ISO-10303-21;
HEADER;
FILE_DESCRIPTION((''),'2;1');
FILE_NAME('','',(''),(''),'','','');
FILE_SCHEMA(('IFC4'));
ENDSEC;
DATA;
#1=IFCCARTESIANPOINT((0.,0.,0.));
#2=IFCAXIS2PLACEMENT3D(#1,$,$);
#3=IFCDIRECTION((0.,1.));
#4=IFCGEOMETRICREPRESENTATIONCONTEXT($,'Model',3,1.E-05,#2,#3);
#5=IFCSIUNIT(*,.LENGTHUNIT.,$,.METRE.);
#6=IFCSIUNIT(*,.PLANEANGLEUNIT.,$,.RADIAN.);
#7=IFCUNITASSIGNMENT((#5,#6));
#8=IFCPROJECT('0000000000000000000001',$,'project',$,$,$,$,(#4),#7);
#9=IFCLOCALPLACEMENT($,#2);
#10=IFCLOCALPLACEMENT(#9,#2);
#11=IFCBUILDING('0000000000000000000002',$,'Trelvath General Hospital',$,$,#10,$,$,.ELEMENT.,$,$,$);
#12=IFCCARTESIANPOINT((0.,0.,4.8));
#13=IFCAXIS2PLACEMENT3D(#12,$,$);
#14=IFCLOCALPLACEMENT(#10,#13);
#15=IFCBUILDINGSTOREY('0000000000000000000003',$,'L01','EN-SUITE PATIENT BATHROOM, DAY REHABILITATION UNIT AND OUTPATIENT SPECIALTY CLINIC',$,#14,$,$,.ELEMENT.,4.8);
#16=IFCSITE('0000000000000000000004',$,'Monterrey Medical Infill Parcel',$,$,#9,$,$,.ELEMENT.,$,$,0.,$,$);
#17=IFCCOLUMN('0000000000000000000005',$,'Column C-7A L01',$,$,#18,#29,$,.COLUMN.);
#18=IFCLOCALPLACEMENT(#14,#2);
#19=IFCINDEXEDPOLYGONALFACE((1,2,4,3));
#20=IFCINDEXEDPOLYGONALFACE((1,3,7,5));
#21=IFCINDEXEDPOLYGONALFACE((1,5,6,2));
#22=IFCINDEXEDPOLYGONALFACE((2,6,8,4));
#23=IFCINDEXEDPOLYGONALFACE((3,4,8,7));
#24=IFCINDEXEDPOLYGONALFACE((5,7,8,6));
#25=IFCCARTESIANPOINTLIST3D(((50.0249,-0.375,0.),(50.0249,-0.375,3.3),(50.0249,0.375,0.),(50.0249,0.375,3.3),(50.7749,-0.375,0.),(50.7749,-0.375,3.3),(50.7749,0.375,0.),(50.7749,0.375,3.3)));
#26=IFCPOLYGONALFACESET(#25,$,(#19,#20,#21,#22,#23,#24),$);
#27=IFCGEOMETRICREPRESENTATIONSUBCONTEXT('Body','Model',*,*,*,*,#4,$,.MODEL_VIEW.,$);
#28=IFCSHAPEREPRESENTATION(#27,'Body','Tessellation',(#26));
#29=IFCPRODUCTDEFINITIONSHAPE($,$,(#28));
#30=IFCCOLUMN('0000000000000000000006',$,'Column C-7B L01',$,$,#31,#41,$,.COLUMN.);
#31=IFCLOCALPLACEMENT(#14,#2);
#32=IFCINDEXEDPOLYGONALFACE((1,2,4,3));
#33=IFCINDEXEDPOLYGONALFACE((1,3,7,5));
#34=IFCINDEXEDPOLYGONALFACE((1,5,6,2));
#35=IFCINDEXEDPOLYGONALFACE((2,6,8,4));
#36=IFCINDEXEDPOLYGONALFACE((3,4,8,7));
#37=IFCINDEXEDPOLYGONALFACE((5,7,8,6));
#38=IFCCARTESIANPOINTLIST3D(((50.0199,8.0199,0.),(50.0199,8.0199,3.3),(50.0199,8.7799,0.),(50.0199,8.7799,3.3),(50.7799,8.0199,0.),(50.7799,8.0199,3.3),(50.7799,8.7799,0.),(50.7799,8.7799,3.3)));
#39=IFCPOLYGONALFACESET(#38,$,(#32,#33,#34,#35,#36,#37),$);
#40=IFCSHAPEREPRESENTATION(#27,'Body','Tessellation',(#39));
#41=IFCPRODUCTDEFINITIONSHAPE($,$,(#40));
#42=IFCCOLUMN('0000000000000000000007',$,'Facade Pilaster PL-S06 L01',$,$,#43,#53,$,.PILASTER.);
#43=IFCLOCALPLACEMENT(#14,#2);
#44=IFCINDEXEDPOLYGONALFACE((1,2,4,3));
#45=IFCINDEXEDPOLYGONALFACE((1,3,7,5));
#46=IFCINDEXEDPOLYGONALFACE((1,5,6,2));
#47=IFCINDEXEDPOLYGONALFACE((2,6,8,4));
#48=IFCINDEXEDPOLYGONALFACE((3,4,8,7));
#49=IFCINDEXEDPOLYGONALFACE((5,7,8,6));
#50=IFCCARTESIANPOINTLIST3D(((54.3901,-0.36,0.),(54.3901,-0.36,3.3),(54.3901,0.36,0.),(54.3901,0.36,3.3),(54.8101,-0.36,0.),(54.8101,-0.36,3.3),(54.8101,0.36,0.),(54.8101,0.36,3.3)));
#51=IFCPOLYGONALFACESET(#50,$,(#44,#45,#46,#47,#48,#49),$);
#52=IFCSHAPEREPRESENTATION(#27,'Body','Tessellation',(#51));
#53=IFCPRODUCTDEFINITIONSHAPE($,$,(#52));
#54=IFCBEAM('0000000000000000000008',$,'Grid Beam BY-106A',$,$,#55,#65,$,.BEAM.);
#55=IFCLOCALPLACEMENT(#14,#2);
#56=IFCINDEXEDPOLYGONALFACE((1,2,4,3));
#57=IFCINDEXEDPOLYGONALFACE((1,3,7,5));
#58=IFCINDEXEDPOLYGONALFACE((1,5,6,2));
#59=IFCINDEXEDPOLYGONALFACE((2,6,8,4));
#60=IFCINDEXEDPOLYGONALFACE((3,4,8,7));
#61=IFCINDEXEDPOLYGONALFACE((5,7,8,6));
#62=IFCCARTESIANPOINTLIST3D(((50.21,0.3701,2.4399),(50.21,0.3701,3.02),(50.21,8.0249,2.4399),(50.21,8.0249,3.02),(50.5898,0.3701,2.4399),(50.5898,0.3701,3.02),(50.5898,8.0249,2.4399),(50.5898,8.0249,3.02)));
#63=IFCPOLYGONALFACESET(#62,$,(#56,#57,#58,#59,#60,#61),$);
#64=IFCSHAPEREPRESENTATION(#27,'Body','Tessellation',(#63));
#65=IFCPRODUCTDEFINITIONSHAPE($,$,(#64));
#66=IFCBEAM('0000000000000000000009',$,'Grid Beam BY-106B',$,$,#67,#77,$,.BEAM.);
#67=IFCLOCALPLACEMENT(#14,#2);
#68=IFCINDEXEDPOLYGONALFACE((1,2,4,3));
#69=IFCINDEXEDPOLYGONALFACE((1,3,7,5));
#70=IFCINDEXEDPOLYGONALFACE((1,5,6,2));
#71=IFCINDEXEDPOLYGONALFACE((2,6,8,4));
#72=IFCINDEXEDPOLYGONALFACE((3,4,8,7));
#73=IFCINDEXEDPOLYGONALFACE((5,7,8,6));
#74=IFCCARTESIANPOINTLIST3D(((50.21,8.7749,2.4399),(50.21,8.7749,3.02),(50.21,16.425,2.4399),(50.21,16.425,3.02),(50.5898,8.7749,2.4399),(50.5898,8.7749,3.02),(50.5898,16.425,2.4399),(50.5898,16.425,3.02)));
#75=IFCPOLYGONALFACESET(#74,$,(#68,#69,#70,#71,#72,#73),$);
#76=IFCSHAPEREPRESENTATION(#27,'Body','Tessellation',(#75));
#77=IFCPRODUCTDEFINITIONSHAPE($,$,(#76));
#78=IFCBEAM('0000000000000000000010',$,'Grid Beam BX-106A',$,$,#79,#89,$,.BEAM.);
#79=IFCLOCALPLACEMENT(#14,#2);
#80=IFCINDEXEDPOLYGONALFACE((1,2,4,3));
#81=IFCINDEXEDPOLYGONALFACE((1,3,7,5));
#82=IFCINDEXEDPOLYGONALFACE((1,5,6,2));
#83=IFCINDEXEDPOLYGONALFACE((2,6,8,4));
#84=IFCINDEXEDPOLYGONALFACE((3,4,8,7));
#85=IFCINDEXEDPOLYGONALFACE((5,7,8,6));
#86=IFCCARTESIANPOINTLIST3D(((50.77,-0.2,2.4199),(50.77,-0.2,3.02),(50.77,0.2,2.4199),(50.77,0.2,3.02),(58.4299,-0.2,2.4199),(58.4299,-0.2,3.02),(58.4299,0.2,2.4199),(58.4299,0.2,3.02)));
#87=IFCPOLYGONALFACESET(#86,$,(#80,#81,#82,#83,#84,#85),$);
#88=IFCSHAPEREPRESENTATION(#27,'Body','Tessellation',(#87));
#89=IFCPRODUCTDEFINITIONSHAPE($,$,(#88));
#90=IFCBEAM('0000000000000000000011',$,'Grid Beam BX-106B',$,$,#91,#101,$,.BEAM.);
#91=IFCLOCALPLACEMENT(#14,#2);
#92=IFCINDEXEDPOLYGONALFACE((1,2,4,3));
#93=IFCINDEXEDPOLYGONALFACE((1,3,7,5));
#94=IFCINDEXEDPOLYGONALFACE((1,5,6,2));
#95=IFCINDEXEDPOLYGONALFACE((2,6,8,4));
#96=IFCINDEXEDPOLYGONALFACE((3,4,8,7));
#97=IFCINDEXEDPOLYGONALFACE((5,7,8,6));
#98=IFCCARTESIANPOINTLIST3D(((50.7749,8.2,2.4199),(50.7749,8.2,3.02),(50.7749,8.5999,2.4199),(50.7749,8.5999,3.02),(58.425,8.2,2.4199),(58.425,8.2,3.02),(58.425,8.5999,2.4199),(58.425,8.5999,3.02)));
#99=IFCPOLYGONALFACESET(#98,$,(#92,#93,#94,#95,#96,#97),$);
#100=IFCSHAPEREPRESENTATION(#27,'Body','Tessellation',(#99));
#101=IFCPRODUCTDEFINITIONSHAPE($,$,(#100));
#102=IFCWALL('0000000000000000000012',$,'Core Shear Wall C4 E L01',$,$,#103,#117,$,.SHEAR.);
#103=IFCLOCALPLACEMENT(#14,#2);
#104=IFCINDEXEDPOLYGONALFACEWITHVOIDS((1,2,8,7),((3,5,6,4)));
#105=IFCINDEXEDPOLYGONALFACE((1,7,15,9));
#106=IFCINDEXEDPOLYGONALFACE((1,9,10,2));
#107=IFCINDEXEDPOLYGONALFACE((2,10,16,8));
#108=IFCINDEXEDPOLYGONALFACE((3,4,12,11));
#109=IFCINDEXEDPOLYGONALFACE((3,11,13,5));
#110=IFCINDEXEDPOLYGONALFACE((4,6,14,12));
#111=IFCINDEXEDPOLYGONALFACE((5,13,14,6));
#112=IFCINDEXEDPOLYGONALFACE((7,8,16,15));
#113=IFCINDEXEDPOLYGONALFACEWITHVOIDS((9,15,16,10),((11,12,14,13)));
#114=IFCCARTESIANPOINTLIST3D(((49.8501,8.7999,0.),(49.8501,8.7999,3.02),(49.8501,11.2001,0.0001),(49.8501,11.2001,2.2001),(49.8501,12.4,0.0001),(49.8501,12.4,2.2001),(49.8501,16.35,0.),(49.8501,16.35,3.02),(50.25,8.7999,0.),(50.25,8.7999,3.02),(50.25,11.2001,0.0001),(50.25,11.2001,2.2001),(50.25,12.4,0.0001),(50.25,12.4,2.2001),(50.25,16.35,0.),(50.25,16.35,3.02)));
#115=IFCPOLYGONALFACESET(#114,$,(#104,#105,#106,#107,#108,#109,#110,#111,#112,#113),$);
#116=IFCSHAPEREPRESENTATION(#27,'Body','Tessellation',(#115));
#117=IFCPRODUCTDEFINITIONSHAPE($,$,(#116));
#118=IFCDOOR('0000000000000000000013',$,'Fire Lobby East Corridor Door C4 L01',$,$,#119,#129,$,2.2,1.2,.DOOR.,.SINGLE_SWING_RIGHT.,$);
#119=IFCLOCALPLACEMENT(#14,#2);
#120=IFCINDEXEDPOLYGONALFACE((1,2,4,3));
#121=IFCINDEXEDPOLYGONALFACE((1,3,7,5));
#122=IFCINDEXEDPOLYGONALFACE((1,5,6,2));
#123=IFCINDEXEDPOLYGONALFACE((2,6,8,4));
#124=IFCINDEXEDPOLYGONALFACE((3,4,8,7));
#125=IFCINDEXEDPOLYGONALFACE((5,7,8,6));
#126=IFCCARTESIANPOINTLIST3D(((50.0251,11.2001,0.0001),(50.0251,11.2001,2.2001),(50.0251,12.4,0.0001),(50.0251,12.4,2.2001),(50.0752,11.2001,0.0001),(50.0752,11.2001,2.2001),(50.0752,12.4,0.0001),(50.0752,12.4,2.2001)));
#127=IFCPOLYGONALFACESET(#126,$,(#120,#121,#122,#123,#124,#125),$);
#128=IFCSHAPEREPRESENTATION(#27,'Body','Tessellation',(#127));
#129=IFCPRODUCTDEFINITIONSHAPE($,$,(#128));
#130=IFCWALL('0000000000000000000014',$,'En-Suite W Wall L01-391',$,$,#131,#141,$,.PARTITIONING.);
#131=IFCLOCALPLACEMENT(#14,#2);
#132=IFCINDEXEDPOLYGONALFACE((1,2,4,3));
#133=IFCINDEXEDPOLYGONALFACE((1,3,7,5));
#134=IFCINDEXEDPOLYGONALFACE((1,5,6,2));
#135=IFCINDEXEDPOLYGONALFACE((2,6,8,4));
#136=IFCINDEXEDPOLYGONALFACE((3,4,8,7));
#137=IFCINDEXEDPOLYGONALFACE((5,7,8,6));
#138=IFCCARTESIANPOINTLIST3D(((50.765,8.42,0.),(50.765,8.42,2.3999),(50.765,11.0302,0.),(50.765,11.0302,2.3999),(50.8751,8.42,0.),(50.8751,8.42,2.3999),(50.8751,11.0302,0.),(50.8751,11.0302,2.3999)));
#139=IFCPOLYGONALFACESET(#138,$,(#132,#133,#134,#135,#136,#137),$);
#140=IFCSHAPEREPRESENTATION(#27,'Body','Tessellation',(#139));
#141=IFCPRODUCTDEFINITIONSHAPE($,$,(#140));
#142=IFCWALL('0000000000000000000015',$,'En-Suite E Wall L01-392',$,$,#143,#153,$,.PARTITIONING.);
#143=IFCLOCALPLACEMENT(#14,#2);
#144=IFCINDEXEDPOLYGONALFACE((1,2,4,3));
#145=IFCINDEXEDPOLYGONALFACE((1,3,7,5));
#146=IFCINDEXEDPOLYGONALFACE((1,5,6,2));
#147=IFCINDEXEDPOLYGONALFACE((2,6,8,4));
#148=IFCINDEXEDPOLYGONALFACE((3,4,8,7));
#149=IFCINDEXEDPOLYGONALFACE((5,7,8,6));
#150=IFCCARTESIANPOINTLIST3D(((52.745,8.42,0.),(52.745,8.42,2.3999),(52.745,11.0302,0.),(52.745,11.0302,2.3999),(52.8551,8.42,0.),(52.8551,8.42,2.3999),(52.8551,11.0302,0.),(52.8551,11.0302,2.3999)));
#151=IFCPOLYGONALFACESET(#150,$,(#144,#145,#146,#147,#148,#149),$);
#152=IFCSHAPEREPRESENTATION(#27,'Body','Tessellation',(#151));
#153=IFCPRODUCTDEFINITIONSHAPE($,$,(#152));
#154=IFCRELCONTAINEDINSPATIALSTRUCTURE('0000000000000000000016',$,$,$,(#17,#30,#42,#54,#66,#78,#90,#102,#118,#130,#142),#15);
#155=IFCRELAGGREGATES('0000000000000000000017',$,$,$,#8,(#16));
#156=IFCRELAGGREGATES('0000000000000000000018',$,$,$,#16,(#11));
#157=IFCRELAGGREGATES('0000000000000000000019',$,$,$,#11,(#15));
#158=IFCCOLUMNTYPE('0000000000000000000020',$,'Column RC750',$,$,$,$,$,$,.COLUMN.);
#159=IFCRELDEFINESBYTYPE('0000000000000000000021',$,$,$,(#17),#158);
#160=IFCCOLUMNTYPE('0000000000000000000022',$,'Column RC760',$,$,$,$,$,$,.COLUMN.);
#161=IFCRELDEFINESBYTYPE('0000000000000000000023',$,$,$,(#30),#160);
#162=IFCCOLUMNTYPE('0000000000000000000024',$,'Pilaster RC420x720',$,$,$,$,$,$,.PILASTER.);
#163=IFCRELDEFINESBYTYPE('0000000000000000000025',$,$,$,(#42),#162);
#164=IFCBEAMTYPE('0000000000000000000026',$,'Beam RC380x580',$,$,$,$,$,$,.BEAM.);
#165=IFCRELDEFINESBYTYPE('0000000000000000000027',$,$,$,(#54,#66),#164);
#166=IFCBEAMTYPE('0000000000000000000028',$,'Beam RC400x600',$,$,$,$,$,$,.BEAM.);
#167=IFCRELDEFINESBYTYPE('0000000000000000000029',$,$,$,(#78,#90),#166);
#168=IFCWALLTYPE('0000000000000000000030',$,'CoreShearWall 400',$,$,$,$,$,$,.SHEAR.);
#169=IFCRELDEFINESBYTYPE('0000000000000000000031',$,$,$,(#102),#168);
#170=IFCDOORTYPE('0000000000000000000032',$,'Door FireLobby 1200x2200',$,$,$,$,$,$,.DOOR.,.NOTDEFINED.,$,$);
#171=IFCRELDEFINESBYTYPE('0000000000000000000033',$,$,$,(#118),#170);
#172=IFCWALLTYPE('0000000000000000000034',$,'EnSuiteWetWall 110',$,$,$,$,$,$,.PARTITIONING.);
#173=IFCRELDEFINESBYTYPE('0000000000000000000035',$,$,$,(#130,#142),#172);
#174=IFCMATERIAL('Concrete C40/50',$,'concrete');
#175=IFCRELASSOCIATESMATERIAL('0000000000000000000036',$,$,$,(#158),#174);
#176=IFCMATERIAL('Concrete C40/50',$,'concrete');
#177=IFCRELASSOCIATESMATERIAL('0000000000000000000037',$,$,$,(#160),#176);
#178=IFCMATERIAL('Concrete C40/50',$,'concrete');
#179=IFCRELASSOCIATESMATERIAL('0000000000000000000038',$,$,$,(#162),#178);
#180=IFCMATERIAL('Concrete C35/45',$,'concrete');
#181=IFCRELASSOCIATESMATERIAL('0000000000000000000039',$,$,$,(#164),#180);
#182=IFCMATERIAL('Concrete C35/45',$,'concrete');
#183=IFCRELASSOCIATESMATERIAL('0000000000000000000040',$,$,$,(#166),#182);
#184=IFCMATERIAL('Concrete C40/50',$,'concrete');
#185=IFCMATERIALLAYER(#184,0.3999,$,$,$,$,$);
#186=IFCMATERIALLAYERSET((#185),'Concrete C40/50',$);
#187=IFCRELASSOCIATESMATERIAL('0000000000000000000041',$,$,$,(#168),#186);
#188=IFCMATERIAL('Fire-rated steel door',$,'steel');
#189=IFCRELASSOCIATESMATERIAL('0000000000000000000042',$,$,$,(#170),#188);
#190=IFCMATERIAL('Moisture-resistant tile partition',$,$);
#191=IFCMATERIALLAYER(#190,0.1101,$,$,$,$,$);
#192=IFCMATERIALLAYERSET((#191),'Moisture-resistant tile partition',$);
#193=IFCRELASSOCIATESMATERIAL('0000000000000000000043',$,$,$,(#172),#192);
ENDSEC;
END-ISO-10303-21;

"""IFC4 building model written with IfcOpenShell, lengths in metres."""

from ifc_helpers import new_model, si_unit, direction, frame, frame_2d, origin, origin_2d, place, context, subcontext, project, spatial, rectangle, extrude, material, layer, layer_set, material_profile, profile_set, type_object, element, fill, save


model = new_model("IFC4")

# Units and contexts
model_context = context("Model", 3, precision=1e-05, world=origin(), true_north=direction((0.0, 1.0)))
body_context = subcontext(model_context, "Body", "Model", "MODEL_VIEW")
ifc_project = project(units=[si_unit("LENGTHUNIT", "METRE"), si_unit("PLANEANGLEUNIT", "RADIAN")], contexts=[model_context])

# Site, building, storey
site_placement = place(None, origin())
site = spatial("IfcSite", under=ifc_project, at=site_placement, Name="Monterrey Medical Infill Parcel", CompositionType="ELEMENT", RefElevation=0.0)
building_placement = place(site_placement, origin())
building = spatial("IfcBuilding", under=site, at=building_placement, Name="Trelvath General Hospital", CompositionType="ELEMENT")
storey_placement = place(building_placement, frame((0.0, 0.0, 4.8)))
storey = spatial("IfcBuildingStorey", under=building, at=storey_placement, Name="L01", Description="EN-SUITE PATIENT BATHROOM, DAY REHABILITATION UNIT AND OUTPATIENT SPECIALTY CLINIC", CompositionType="ELEMENT", Elevation=4.8)

# Columns
ifc_material_1 = material(Name="Concrete C40/50", Category="concrete")
ifc_material_profile_1 = material_profile(ifc_material_1, rectangle(XDim=0.75, YDim=0.75, at=origin_2d()), Name="RC750x750")
ifc_profile_set_1 = profile_set([ifc_material_profile_1], Name="Concrete C40/50")
column_type_1 = type_object("IfcColumnType", Name="Column RC750", PredefinedType="COLUMN", material=ifc_profile_set_1)
column_1_placement = place(storey_placement, frame((50.3999, 0.0, 0.0), z_axis=(0.0, 0.0, 1.0), x_axis=(1.0, 0.0, 0.0)))
element("IfcColumn", 1, at=column_1_placement, inside=storey, type_object=column_type_1, Name="Column C-7A L01", PredefinedType="COLUMN", context=body_context, shape_type="SweptSolid", body=[
    extrude(rectangle(XDim=0.75, YDim=0.75, at=origin_2d()), origin(), (0.0, 0.0, 1.0), 3.3),
])
ifc_material_2 = material(Name="Concrete C40/50", Category="concrete")
ifc_material_profile_2 = material_profile(ifc_material_2, rectangle(XDim=0.76, YDim=0.76, at=origin_2d()), Name="RC760x760")
ifc_profile_set_2 = profile_set([ifc_material_profile_2], Name="Concrete C40/50")
column_type_2 = type_object("IfcColumnType", Name="Column RC760", PredefinedType="COLUMN", material=ifc_profile_set_2)
column_2_placement = place(storey_placement, frame((50.3999, 8.3999, 0.0), z_axis=(0.0, 0.0, 1.0), x_axis=(1.0, 0.0, 0.0)))
element("IfcColumn", 2, at=column_2_placement, inside=storey, type_object=column_type_2, Name="Column C-7B L01", PredefinedType="COLUMN", context=body_context, shape_type="SweptSolid", body=[
    extrude(rectangle(XDim=0.76, YDim=0.76, at=origin_2d()), origin(), (0.0, 0.0, 1.0), 3.3),
])
ifc_material_3 = material(Name="Concrete C40/50", Category="concrete")
ifc_material_profile_3 = material_profile(ifc_material_3, rectangle(XDim=0.4199, YDim=0.72, at=origin_2d()), Name="RC420x720")
ifc_profile_set_3 = profile_set([ifc_material_profile_3], Name="Concrete C40/50")
column_type_3 = type_object("IfcColumnType", Name="Pilaster RC420x720", PredefinedType="PILASTER", material=ifc_profile_set_3)
column_3_placement = place(storey_placement, frame((54.6001, 0.0, 0.0), z_axis=(0.0, 0.0, 1.0), x_axis=(1.0, 0.0, 0.0)))
element("IfcColumn", 3, at=column_3_placement, inside=storey, type_object=column_type_3, Name="Facade Pilaster PL-S06 L01", PredefinedType="PILASTER", context=body_context, shape_type="SweptSolid", body=[
    extrude(rectangle(XDim=0.4199, YDim=0.72, at=origin_2d()), origin(), (0.0, 0.0, 1.0), 3.3),
])

# Beams
ifc_material_4 = material(Name="Concrete C35/45", Category="concrete")
ifc_material_profile_4 = material_profile(ifc_material_4, rectangle(XDim=0.3799, YDim=0.5801, at=origin_2d()), Name="RCB380x580")
ifc_profile_set_4 = profile_set([ifc_material_profile_4], Name="Concrete C35/45")
beam_type_1 = type_object("IfcBeamType", Name="Beam RC380x580", PredefinedType="BEAM", material=ifc_profile_set_4)
beam_1_placement = place(storey_placement, frame((50.3999, 0.3701, 2.73), z_axis=(0.0, 1.0, 0.0), x_axis=(-1.0, 0.0, 0.0)))
element("IfcBeam", 4, at=beam_1_placement, inside=storey, type_object=beam_type_1, Name="Grid Beam BY-106A", PredefinedType="BEAM", context=body_context, shape_type="SweptSolid", body=[
    extrude(rectangle(XDim=0.3799, YDim=0.5801, at=origin_2d()), origin(), (0.0, 0.0, 1.0), 7.6548),
])
beam_2_placement = place(storey_placement, frame((50.3999, 8.7749, 2.73), z_axis=(0.0, 1.0, 0.0), x_axis=(-1.0, 0.0, 0.0)))
element("IfcBeam", 5, at=beam_2_placement, inside=storey, type_object=beam_type_1, Name="Grid Beam BY-106B", PredefinedType="BEAM", context=body_context, shape_type="SweptSolid", body=[
    extrude(rectangle(XDim=0.3799, YDim=0.5801, at=origin_2d()), origin(), (0.0, 0.0, 1.0), 7.6501),
])
ifc_material_5 = material(Name="Concrete C35/45", Category="concrete")
ifc_material_profile_5 = material_profile(ifc_material_5, rectangle(XDim=0.3999, YDim=0.6001, at=origin_2d()), Name="RCB400x600")
ifc_profile_set_5 = profile_set([ifc_material_profile_5], Name="Concrete C35/45")
beam_type_2 = type_object("IfcBeamType", Name="Beam RC400x600", PredefinedType="BEAM", material=ifc_profile_set_5)
beam_3_placement = place(storey_placement, frame((50.77, 0.0, 2.72), z_axis=(1.0, 0.0, 0.0), x_axis=(0.0, 1.0, 0.0)))
element("IfcBeam", 6, at=beam_3_placement, inside=storey, type_object=beam_type_2, Name="Grid Beam BX-106A", PredefinedType="BEAM", context=body_context, shape_type="SweptSolid", body=[
    extrude(rectangle(XDim=0.3999, YDim=0.6001, at=origin_2d()), origin(), (0.0, 0.0, 1.0), 7.6599),
])
beam_4_placement = place(storey_placement, frame((50.7749, 8.3999, 2.72), z_axis=(1.0, 0.0, 0.0), x_axis=(0.0, 1.0, 0.0)))
element("IfcBeam", 7, at=beam_4_placement, inside=storey, type_object=beam_type_2, Name="Grid Beam BX-106B", PredefinedType="BEAM", context=body_context, shape_type="SweptSolid", body=[
    extrude(rectangle(XDim=0.3999, YDim=0.6001, at=origin_2d()), origin(), (0.0, 0.0, 1.0), 7.6501),
])

# Wall, opening, door
ifc_material_6 = material(Name="Concrete C40/50", Category="concrete")
ifc_layer_1 = layer(ifc_material_6, 0.3999)
ifc_layer_set_1 = layer_set([ifc_layer_1], Name="Concrete C40/50")
wall_type_1 = type_object("IfcWallType", Name="CoreShearWall 400", PredefinedType="SHEAR", material=ifc_layer_set_1)
wall_1_placement = place(storey_placement, frame((50.05, 8.8, 0.0), z_axis=(0.0, 0.0, 1.0), x_axis=(0.0, 1.0, 0.0)))
wall_1 = element("IfcWall", 8, at=wall_1_placement, inside=storey, type_object=wall_type_1, Name="Core Shear Wall C4 E L01", PredefinedType="SHEAR", context=body_context, shape_type="SweptSolid", body=[
    extrude(rectangle(XDim=7.55, YDim=0.3999, at=frame_2d((3.7749, 0.0))), origin(), (0.0, 0.0, 1.0), 3.02),
])
opening_1_placement = place(wall_1_placement, frame((2.3999, 0.0, 0.0)))
opening_1 = element("IfcOpeningElement", 9, at=opening_1_placement, cuts=wall_1, PredefinedType="OPENING", context=body_context, shape_type="SweptSolid", body=[
    extrude(rectangle(XDim=1.2, YDim=2.2, at=frame_2d((0.6001, 1.1001))), frame((0.0, 0.21, 0.0), z_axis=(0.0, -1.0, 0.0), x_axis=(1.0, 0.0, 0.0)), (0.0, 0.0, 1.0), 0.4199),
])
ifc_material_7 = material(Name="Fire-rated steel door", Category="steel")
door_type_1 = type_object("IfcDoorType", Name="Door FireLobby 1200x2200", OperationType="NOTDEFINED", PredefinedType="DOOR", material=ifc_material_7)
door_1_placement = place(opening_1_placement, origin())
door_1 = element("IfcDoor", 10, at=door_1_placement, inside=storey, type_object=door_type_1, Name="Fire Lobby East Corridor Door C4 L01", OperationType="SINGLE_SWING_RIGHT", OverallHeight=2.2, OverallWidth=1.2, PredefinedType="DOOR", context=body_context, shape_type="SweptSolid", body=[
    extrude(rectangle(XDim=1.2, YDim=2.2, at=frame_2d((0.6001, 1.1001))), frame((0.0, 0.0249, 0.0), z_axis=(0.0, -1.0, 0.0), x_axis=(1.0, 0.0, 0.0)), (0.0, 0.0, 1.0), 0.05),
])
fill(opening_1, door_1)

# Walls
ifc_material_8 = material(Name="Moisture-resistant tile partition")
ifc_layer_2 = layer(ifc_material_8, 0.1101)
ifc_layer_set_2 = layer_set([ifc_layer_2], Name="Moisture-resistant tile partition")
wall_type_2 = type_object("IfcWallType", Name="EnSuiteWetWall 110", PredefinedType="PARTITIONING", material=ifc_layer_set_2)
for number, where, z_axis, x_axis, name in (
    (11, (50.8201, 8.4199, 0.0), (0.0, 0.0, 1.0), (0.0, 1.0, 0.0), "En-Suite W Wall L01-391"),
    (12, (52.8, 8.4199, 0.0), (0.0, 0.0, 1.0), (0.0, 1.0, 0.0), "En-Suite E Wall L01-392"),
):
    element("IfcWall", number, at=place(storey_placement, frame(where, z_axis=z_axis, x_axis=x_axis)), inside=storey, type_object=wall_type_2, Name=name, PredefinedType="PARTITIONING", context=body_context, shape_type="SweptSolid", body=[
        extrude(rectangle(XDim=2.6101, YDim=0.1101, at=frame_2d((1.3052, 0.0))), origin(), (0.0, 0.0, 1.0), 2.3999),
    ])

save(model, "model.ifc")
